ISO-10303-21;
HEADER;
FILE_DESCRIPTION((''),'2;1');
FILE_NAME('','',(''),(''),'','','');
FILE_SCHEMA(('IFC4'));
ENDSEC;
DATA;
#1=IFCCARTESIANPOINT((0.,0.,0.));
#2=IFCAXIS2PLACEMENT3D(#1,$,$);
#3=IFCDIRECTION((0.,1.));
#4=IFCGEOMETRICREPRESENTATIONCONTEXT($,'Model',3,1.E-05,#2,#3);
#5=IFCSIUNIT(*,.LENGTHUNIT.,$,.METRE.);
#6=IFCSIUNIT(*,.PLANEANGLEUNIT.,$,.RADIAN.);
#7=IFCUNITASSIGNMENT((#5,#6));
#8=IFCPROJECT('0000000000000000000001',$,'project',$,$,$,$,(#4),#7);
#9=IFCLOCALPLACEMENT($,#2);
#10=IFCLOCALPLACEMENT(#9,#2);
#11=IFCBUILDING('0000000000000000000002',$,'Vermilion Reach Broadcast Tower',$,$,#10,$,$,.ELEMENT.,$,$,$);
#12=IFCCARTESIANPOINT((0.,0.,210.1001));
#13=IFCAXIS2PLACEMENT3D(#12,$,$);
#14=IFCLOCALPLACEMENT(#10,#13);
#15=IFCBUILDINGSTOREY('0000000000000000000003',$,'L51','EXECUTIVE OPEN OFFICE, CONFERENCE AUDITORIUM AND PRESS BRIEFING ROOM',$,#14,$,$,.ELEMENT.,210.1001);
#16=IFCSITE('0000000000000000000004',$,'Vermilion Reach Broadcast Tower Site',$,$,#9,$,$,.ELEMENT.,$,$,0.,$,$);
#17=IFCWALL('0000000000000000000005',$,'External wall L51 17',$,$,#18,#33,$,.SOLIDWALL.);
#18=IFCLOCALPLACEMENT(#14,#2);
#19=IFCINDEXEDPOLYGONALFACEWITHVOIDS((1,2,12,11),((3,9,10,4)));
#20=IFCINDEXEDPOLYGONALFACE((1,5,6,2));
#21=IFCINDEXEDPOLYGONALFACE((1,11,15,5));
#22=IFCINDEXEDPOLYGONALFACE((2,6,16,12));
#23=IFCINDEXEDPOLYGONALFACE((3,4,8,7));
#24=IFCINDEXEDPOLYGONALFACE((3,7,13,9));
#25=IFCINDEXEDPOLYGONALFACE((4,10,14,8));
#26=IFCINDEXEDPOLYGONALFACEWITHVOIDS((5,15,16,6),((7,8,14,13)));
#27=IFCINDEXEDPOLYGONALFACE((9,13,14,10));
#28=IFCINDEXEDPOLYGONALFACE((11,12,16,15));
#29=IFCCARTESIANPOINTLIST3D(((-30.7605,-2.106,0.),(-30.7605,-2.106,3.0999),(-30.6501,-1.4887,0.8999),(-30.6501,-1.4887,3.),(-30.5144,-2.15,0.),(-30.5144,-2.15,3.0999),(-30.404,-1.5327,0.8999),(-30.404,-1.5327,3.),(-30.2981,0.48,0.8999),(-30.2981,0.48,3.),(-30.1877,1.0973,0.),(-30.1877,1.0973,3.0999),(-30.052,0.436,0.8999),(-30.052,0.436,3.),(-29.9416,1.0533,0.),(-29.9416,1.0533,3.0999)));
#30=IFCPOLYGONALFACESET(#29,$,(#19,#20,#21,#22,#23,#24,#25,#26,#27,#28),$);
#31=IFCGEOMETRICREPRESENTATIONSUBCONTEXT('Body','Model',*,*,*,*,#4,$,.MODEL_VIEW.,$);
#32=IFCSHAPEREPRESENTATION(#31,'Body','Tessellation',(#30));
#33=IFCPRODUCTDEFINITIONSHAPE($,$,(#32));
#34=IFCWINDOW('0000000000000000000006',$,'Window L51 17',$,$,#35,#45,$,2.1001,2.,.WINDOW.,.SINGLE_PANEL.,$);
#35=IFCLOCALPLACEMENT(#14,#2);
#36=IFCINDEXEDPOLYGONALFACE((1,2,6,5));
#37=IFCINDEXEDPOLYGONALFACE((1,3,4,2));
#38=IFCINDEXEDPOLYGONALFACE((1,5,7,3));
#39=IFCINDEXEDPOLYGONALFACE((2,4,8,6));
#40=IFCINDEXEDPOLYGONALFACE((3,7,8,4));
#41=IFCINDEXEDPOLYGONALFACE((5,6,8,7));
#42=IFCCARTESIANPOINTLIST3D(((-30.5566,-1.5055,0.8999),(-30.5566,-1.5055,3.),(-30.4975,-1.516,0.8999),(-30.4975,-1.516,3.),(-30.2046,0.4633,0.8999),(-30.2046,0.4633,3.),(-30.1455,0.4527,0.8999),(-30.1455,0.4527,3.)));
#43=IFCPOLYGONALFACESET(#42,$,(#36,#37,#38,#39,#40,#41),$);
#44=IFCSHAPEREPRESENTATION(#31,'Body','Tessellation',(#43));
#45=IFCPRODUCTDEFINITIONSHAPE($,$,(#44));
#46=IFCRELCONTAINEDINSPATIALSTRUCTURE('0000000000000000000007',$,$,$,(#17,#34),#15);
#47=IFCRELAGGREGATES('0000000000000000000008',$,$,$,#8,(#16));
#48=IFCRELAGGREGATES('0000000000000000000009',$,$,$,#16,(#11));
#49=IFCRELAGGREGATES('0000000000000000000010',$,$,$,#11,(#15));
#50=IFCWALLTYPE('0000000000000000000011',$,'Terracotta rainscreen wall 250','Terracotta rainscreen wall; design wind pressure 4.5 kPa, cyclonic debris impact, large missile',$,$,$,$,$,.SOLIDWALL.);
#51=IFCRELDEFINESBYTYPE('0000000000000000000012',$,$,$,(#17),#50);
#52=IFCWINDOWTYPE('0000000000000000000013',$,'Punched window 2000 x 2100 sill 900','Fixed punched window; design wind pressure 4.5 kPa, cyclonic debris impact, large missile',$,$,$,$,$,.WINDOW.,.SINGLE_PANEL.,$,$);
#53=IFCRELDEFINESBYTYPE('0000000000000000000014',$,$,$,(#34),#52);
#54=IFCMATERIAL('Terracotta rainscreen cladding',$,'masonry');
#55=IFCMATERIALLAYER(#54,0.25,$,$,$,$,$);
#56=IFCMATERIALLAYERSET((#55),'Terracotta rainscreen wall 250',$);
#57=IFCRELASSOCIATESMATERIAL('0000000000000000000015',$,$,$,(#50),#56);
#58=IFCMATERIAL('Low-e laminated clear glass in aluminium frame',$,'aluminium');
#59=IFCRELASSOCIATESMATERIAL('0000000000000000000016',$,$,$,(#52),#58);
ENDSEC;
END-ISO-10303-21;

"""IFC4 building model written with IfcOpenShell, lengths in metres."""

from ifc_helpers import new_model, si_unit, direction, frame, frame_2d, origin, place, context, subcontext, project, spatial, rectangle, extrude, material, layer, layer_set, type_object, element, fill, save


model = new_model("IFC4")

# Units and contexts
model_context = context("Model", 3, precision=1e-05, world=origin(), true_north=direction((0.0, 1.0)))
body_context = subcontext(model_context, "Body", "Model", "MODEL_VIEW")
ifc_project = project(units=[si_unit("LENGTHUNIT", "METRE"), si_unit("PLANEANGLEUNIT", "RADIAN")], contexts=[model_context])

# Site, building, storey
site_placement = place(None, origin())
site = spatial("IfcSite", under=ifc_project, at=site_placement, Name="Vermilion Reach Broadcast Tower Site", CompositionType="ELEMENT", RefElevation=0.0)
building_placement = place(site_placement, origin())
building = spatial("IfcBuilding", under=site, at=building_placement, Name="Vermilion Reach Broadcast Tower", CompositionType="ELEMENT")
storey_placement = place(building_placement, frame((0.0, 0.0, 210.1001)))
storey = spatial("IfcBuildingStorey", under=building, at=storey_placement, Name="L51", Description="EXECUTIVE OPEN OFFICE, CONFERENCE AUDITORIUM AND PRESS BRIEFING ROOM", CompositionType="ELEMENT", Elevation=210.1001)

# Shared definitions
ifc_material_1 = material(Name="Terracotta rainscreen cladding", Category="masonry")
ifc_layer_1 = layer(ifc_material_1, 0.25)
ifc_layer_set_1 = layer_set([ifc_layer_1], Name="Terracotta rainscreen wall 250")
wall_type_1 = type_object("IfcWallType", Name="Terracotta rainscreen wall 250", Description="Terracotta rainscreen wall; design wind pressure 4.5 kPa, cyclonic debris impact, large missile", PredefinedType="SOLIDWALL", material=ifc_layer_set_1)

# Shared definitions
ifc_material_2 = material(Name="Low-e laminated clear glass in aluminium frame", Category="aluminium")
window_type = type_object("IfcWindowType", Name="Punched window 2000 x 2100 sill 900", Description="Fixed punched window; design wind pressure 4.5 kPa, cyclonic debris impact, large missile", PartitioningType="SINGLE_PANEL", PredefinedType="WINDOW", material=ifc_material_2)

# Wall, opening, window
wall_1_placement = place(storey_placement, frame((-30.0647, 1.0752, 0.0), z_axis=(0.0, 0.0, 1.0), x_axis=(-0.176006, -0.984389, 0.0)))
wall_1 = element("IfcWall", 1, at=wall_1_placement, inside=storey, type_object=wall_type_1, Name="External wall L51 17", PredefinedType="SOLIDWALL", context=body_context, shape_type="SweptSolid", body=[
    extrude(rectangle(XDim=3.2542, YDim=0.25, at=frame_2d((1.627, 0.0))), origin(), (0.0, 0.0, 1.0), 3.0999),
])
opening_1_placement = place(wall_1_placement, frame((0.627, 0.0, 0.8999)))
opening_1 = element("IfcOpeningElement", 2, at=opening_1_placement, cuts=wall_1, PredefinedType="OPENING", context=body_context, shape_type="SweptSolid", body=[
    extrude(rectangle(XDim=2.0, YDim=2.1001, at=frame_2d((1.0, 1.05))), frame((0.0, 0.135, 0.0), z_axis=(0.0, -1.0, 0.0), x_axis=(1.0, 0.0, 0.0)), (0.0, 0.0, 1.0), 0.27),
])
window_1_placement = place(opening_1_placement, origin())
window_1 = element("IfcWindow", 3, at=window_1_placement, inside=storey, type_object=window_type, Name="Window L51 17", OverallHeight=2.1001, OverallWidth=2.0, PartitioningType="SINGLE_PANEL", PredefinedType="WINDOW", context=body_context, shape_type="SweptSolid", body=[
    extrude(rectangle(XDim=2.0, YDim=2.1001, at=frame_2d((1.0, 1.05))), frame((0.0, 0.03, 0.0), z_axis=(0.0, -1.0, 0.0), x_axis=(1.0, 0.0, 0.0)), (0.0, 0.0, 1.0), 0.0601),
])
fill(opening_1, window_1)

save(model, "model.ifc")
